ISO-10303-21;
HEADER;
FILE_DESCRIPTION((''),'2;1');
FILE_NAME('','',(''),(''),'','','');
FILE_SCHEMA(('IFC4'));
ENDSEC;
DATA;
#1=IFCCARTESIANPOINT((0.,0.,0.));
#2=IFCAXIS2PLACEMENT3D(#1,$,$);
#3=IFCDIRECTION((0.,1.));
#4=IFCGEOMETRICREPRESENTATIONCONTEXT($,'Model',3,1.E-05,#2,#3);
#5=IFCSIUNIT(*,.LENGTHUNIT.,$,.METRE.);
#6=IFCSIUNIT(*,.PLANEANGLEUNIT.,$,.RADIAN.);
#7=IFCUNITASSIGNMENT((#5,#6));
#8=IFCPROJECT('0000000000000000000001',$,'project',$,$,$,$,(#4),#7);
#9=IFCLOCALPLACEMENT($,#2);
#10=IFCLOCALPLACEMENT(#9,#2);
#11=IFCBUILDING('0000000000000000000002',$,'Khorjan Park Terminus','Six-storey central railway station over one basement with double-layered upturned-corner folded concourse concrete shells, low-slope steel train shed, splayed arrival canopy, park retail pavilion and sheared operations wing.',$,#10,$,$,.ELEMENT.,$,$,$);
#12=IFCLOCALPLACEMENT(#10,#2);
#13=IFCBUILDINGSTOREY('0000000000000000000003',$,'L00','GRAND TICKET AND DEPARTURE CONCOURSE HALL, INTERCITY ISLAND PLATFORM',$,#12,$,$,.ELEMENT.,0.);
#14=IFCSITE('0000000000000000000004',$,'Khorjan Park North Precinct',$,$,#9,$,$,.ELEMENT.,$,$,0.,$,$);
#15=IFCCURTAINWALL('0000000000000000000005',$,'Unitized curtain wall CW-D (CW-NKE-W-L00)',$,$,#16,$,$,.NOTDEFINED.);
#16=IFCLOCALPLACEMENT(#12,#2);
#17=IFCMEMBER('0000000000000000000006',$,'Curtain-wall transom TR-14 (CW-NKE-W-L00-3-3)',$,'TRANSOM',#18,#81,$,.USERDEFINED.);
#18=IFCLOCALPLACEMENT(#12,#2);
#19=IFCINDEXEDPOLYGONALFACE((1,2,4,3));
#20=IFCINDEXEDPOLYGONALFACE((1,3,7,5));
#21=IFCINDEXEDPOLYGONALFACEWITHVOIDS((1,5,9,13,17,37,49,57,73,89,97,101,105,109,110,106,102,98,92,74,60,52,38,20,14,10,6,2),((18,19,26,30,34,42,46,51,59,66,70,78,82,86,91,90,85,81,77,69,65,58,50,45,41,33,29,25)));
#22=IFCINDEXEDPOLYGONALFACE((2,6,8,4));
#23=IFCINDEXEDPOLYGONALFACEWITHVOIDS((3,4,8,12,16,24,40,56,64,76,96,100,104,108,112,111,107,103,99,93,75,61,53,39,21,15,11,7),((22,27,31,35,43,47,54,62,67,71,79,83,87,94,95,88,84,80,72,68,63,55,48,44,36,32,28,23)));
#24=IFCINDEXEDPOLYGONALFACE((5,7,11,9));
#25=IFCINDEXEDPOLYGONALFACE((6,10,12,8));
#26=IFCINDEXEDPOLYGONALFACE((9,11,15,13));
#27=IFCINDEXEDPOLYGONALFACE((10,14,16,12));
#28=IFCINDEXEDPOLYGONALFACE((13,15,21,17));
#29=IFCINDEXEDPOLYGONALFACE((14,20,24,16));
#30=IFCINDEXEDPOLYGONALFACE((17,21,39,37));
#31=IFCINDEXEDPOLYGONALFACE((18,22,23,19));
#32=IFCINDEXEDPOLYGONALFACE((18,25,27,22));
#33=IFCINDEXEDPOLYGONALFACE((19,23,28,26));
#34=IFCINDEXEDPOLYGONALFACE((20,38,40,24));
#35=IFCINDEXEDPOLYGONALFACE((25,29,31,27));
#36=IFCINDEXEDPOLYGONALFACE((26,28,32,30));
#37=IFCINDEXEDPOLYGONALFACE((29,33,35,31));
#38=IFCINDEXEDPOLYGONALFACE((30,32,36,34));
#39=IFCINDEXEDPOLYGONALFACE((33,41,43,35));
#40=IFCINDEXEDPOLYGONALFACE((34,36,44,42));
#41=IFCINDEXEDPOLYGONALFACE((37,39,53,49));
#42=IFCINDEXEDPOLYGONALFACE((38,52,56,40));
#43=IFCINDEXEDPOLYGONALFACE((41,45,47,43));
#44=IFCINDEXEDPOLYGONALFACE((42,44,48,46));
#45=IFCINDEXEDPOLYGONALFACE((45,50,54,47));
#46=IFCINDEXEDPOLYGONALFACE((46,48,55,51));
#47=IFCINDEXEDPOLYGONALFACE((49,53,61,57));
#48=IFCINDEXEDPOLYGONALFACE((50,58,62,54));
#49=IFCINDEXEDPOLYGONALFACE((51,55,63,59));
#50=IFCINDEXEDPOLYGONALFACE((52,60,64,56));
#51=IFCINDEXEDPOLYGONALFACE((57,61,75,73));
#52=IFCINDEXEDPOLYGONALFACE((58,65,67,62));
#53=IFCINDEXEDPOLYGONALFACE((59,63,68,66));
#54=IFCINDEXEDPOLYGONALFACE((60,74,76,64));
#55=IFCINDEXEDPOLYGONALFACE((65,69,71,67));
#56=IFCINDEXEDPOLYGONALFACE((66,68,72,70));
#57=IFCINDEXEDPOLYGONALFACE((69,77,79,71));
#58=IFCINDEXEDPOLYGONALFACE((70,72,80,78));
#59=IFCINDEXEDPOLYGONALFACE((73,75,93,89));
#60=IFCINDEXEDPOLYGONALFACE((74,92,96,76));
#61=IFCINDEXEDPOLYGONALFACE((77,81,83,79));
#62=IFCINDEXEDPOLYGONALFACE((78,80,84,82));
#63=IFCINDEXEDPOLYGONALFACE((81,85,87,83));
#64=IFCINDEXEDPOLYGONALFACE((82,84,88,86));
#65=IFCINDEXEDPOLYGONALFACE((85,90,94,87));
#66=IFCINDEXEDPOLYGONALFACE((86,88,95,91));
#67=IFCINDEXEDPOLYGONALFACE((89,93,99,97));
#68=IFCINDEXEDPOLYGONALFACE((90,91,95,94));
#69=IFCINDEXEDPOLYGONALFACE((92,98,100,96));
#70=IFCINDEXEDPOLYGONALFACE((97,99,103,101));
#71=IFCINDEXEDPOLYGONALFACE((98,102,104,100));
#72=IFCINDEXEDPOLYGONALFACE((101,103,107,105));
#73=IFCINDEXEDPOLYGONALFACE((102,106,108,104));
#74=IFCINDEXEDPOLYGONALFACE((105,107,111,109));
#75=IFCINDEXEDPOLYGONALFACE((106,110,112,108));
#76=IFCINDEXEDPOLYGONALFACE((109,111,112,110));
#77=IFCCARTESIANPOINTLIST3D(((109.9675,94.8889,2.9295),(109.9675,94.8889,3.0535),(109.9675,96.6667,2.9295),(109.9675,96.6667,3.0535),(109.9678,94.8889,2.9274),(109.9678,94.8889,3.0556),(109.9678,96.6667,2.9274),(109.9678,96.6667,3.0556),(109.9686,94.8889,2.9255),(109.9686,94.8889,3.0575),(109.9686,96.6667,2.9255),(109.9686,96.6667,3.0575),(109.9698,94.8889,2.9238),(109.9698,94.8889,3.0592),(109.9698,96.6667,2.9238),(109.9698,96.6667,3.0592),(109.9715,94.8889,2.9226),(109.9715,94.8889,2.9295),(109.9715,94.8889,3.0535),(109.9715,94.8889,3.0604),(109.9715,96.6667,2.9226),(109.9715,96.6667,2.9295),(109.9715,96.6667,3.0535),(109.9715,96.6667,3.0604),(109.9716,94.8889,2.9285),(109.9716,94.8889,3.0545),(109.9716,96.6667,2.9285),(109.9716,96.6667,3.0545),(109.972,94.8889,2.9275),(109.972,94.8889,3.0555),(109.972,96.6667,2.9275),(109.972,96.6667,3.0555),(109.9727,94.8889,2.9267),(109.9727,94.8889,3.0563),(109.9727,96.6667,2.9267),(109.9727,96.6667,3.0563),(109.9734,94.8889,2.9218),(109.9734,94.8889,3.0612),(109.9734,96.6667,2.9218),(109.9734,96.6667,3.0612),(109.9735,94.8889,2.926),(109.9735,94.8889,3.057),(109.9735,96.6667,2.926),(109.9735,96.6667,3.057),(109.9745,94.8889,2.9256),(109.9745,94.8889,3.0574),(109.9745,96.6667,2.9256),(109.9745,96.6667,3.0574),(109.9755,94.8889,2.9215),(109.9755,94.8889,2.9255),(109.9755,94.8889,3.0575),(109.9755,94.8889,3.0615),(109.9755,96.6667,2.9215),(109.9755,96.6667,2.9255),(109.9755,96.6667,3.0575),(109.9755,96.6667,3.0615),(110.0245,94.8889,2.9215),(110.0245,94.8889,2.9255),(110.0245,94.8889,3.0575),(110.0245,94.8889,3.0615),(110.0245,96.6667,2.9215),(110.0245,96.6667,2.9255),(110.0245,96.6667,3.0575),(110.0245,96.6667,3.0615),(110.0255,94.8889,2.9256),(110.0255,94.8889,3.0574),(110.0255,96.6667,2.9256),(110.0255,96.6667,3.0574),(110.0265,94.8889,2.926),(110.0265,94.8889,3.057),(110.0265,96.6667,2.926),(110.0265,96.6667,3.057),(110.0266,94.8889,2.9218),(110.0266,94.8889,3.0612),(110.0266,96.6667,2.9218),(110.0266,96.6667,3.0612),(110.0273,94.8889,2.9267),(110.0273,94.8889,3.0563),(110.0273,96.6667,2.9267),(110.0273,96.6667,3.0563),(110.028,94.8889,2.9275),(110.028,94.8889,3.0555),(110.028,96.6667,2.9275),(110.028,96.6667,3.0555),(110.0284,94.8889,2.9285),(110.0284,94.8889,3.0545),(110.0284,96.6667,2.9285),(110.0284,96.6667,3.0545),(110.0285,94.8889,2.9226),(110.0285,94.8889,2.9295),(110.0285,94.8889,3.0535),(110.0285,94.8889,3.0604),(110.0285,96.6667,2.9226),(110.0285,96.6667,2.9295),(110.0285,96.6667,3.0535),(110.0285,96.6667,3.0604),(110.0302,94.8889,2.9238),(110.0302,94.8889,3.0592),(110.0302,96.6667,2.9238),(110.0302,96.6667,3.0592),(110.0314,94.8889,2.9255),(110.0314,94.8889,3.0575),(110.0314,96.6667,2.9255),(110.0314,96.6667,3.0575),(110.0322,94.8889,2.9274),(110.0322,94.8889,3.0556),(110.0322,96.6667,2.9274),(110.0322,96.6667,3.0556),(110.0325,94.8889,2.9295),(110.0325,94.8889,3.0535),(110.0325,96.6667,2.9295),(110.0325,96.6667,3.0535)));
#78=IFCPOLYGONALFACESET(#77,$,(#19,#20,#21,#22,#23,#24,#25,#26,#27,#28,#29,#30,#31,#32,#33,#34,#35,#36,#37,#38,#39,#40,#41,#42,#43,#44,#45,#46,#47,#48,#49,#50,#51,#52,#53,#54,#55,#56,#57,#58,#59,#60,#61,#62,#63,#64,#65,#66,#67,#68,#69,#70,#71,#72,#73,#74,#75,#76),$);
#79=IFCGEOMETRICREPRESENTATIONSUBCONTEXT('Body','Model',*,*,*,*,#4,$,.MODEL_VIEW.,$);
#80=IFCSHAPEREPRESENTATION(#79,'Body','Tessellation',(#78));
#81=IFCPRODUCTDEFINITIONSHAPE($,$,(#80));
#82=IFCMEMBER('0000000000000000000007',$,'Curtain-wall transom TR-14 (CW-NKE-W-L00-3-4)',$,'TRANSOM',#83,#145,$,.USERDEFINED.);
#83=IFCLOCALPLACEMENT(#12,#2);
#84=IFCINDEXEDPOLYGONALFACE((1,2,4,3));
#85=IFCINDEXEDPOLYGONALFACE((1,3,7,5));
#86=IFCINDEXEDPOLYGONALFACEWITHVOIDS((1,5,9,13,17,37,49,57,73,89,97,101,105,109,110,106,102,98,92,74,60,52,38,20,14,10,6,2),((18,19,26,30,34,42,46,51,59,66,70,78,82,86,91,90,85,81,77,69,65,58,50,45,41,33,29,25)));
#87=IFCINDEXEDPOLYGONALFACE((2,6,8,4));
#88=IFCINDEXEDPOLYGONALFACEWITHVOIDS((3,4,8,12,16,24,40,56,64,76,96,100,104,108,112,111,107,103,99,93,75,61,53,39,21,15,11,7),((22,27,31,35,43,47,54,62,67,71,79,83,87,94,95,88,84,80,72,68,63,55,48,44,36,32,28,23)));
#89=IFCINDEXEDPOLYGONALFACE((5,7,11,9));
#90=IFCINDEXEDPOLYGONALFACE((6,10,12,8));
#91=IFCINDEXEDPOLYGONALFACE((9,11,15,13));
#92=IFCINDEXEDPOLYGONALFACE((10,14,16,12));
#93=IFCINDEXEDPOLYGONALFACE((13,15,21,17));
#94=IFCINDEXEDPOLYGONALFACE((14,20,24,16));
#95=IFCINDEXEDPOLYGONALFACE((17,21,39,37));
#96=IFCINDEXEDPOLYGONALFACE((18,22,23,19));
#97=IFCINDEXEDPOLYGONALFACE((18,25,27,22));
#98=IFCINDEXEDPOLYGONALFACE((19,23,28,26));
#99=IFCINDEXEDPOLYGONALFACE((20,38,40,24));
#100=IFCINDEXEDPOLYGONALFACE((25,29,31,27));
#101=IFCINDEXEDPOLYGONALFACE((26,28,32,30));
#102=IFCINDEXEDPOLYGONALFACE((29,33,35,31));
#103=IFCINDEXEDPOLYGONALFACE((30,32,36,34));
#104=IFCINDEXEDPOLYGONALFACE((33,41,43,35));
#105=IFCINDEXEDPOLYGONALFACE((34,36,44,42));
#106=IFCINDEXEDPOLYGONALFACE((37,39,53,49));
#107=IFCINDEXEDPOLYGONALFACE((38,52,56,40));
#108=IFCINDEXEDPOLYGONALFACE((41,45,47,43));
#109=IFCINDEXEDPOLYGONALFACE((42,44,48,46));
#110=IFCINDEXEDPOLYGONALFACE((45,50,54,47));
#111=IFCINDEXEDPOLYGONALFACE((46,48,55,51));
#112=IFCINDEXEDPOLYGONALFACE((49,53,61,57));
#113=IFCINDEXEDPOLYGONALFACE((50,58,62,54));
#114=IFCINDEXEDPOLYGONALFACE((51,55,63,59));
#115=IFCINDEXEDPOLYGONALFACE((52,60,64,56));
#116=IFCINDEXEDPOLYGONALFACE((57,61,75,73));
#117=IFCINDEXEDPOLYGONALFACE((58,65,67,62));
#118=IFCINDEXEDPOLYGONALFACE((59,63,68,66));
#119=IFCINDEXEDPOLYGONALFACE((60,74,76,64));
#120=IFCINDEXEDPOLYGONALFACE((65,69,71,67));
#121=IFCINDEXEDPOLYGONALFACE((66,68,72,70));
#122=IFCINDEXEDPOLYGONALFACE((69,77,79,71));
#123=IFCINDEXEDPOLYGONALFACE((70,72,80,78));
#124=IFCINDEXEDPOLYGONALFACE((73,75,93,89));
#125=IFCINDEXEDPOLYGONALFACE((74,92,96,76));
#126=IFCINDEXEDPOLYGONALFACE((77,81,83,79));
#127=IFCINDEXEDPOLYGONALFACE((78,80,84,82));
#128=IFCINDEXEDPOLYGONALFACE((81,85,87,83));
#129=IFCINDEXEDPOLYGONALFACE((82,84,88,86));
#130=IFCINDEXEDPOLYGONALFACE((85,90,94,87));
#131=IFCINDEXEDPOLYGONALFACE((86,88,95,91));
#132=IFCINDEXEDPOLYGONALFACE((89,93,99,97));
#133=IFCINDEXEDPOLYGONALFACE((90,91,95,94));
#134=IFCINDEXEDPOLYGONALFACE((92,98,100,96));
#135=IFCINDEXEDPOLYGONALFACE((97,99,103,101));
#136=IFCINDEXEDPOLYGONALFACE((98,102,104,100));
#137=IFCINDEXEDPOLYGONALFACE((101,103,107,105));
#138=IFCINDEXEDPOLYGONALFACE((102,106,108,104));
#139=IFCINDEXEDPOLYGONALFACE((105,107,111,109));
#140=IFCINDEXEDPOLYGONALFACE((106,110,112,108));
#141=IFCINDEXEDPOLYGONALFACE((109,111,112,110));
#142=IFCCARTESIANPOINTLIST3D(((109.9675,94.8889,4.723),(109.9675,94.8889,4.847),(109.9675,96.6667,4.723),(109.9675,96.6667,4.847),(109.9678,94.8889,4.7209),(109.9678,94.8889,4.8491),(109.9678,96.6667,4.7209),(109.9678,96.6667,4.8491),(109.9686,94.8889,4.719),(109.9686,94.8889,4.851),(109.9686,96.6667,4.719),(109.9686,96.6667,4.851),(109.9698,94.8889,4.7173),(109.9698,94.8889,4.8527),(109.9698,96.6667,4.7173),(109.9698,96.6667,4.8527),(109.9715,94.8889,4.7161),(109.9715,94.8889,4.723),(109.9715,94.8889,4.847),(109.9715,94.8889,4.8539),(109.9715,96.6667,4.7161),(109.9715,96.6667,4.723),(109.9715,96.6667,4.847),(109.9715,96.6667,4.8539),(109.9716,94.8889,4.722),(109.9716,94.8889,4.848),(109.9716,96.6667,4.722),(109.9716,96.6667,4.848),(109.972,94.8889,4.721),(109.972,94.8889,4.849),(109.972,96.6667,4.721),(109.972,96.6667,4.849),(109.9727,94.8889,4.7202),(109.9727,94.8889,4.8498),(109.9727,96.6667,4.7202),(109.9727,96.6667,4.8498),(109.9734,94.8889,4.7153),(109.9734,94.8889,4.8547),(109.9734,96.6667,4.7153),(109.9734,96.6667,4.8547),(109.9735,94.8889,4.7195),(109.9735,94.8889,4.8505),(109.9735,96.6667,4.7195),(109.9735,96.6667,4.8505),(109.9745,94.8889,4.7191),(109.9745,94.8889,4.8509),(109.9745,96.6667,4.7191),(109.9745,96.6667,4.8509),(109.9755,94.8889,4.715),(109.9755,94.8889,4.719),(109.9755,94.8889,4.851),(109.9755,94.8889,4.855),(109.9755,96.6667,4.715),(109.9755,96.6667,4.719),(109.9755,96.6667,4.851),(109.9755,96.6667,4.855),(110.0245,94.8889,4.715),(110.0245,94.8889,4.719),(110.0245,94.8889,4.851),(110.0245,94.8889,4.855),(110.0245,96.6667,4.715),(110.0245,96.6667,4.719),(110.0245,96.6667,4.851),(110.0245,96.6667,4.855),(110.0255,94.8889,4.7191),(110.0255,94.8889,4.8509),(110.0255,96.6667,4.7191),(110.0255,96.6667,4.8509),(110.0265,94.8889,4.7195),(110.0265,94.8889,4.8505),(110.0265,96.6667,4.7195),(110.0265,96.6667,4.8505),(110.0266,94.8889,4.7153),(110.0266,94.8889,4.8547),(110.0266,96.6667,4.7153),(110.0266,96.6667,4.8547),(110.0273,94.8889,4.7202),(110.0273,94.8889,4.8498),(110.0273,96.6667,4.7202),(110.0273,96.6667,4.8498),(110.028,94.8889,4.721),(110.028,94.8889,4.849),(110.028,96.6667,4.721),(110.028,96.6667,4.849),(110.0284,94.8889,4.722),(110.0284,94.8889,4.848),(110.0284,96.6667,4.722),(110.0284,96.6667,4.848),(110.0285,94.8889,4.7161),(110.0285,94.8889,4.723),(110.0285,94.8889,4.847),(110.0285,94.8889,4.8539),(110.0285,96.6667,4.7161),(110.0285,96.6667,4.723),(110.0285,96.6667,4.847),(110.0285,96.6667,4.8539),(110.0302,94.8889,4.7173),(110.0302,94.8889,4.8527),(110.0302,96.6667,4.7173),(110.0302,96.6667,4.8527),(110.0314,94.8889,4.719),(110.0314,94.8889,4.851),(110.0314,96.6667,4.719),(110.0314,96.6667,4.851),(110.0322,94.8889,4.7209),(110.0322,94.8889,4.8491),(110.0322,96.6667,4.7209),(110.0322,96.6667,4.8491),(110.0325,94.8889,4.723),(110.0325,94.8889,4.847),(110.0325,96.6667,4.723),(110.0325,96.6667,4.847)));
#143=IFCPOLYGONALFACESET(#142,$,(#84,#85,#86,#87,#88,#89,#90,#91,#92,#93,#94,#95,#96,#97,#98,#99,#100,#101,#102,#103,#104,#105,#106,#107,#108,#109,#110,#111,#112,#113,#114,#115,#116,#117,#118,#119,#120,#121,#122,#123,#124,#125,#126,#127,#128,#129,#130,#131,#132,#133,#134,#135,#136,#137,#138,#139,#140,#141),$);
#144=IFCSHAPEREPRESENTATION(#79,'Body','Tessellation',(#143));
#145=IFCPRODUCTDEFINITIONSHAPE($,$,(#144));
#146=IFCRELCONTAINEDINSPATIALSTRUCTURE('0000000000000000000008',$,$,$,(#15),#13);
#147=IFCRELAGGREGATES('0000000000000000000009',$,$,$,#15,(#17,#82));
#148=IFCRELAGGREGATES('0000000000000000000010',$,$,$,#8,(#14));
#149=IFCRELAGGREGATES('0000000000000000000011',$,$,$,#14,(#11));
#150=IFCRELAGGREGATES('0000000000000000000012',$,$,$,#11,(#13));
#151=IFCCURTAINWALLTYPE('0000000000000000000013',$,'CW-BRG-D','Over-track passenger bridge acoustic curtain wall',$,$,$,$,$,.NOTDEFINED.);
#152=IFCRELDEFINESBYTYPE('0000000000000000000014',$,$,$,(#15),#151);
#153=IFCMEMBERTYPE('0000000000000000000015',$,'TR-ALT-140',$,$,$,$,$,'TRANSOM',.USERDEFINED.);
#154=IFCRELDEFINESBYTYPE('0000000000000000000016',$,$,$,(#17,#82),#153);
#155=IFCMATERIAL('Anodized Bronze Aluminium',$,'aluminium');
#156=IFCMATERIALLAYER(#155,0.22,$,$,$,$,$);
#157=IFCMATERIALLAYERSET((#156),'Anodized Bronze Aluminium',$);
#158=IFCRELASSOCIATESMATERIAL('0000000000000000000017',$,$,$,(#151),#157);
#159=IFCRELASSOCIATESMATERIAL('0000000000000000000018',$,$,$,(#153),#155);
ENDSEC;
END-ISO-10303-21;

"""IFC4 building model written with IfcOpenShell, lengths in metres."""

from ifc_helpers import new_model, si_unit, direction, frame, origin, origin_2d, place, context, subcontext, project, spatial, hollow_rectangle, extrude, material, layer, layer_set, material_profile, profile_set, type_object, element, aggregate, save


model = new_model("IFC4")

# Units and contexts
model_context = context("Model", 3, precision=1e-05, world=origin(), true_north=direction((0.0, 1.0)))
body_context = subcontext(model_context, "Body", "Model", "MODEL_VIEW")
ifc_project = project(units=[si_unit("LENGTHUNIT", "METRE"), si_unit("PLANEANGLEUNIT", "RADIAN")], contexts=[model_context])

# Site, building, storey
site_placement = place(None, origin())
site = spatial("IfcSite", under=ifc_project, at=site_placement, Name="Khorjan Park North Precinct", CompositionType="ELEMENT", RefElevation=0.0)
building_placement = place(site_placement, origin())
building = spatial("IfcBuilding", under=site, at=building_placement, Name="Khorjan Park Terminus", Description="Six-storey central railway station over one basement with double-layered upturned-corner folded concourse concrete shells, low-slope steel train shed, splayed arrival canopy, park retail pavilion and sheared operations wing.", CompositionType="ELEMENT")
storey_placement = place(building_placement, origin())
storey = spatial("IfcBuildingStorey", under=building, at=storey_placement, Name="L00", Description="GRAND TICKET AND DEPARTURE CONCOURSE HALL, INTERCITY ISLAND PLATFORM", CompositionType="ELEMENT", Elevation=0.0)

# Curtain wall, members
ifc_material_1 = material(Name="Anodized Bronze Aluminium", Category="aluminium")
ifc_layer_1 = layer(ifc_material_1, 0.22)
ifc_layer_set_1 = layer_set([ifc_layer_1], Name="Anodized Bronze Aluminium")
curtain_wall_type = type_object("IfcCurtainWallType", Name="CW-BRG-D", Description="Over-track passenger bridge acoustic curtain wall", PredefinedType="NOTDEFINED", material=ifc_layer_set_1)
curtain_wall_placement = place(storey_placement, origin())
curtain_wall = element("IfcCurtainWall", 1, at=curtain_wall_placement, inside=storey, type_object=curtain_wall_type, Name="Unitized curtain wall CW-D (CW-NKE-W-L00)", PredefinedType="NOTDEFINED")
ifc_material_profile_1 = material_profile(ifc_material_1, hollow_rectangle(XDim=0.065, YDim=0.14, WallThickness=0.004, InnerFilletRadius=0.004, OuterFilletRadius=0.008, at=origin_2d()), Name="ALT 65x140x4")
ifc_profile_set_1 = profile_set([ifc_material_profile_1], Name="Anodized Bronze Aluminium")
member_type_1 = type_object("IfcMemberType", Name="TR-ALT-140", ElementType="TRANSOM", PredefinedType="USERDEFINED", material=ifc_profile_set_1)
member_1_placement = place(storey_placement, frame((110.0, 96.6667, 2.9915), z_axis=(0.0, -1.0, 0.0), x_axis=(1.0, 0.0, 0.0)))
member_1 = element("IfcMember", 2, at=member_1_placement, type_object=member_type_1, Name="Curtain-wall transom TR-14 (CW-NKE-W-L00-3-3)", ObjectType="TRANSOM", PredefinedType="USERDEFINED", context=body_context, shape_type="SweptSolid", body=[
    extrude(hollow_rectangle(XDim=0.065, YDim=0.14, WallThickness=0.004, InnerFilletRadius=0.004, OuterFilletRadius=0.008, at=origin_2d()), origin(), (0.0, 0.0, 1.0), 1.7778),
])
member_2_placement = place(storey_placement, frame((110.0, 96.6667, 4.785), z_axis=(0.0, -1.0, 0.0), x_axis=(1.0, 0.0, 0.0)))
member_2 = element("IfcMember", 3, at=member_2_placement, type_object=member_type_1, Name="Curtain-wall transom TR-14 (CW-NKE-W-L00-3-4)", ObjectType="TRANSOM", PredefinedType="USERDEFINED", context=body_context, shape_type="SweptSolid", body=[
    extrude(hollow_rectangle(XDim=0.065, YDim=0.14, WallThickness=0.004, InnerFilletRadius=0.004, OuterFilletRadius=0.008, at=origin_2d()), origin(), (0.0, 0.0, 1.0), 1.7778),
])
aggregate(curtain_wall, [member_1, member_2])

save(model, "model.ifc")
